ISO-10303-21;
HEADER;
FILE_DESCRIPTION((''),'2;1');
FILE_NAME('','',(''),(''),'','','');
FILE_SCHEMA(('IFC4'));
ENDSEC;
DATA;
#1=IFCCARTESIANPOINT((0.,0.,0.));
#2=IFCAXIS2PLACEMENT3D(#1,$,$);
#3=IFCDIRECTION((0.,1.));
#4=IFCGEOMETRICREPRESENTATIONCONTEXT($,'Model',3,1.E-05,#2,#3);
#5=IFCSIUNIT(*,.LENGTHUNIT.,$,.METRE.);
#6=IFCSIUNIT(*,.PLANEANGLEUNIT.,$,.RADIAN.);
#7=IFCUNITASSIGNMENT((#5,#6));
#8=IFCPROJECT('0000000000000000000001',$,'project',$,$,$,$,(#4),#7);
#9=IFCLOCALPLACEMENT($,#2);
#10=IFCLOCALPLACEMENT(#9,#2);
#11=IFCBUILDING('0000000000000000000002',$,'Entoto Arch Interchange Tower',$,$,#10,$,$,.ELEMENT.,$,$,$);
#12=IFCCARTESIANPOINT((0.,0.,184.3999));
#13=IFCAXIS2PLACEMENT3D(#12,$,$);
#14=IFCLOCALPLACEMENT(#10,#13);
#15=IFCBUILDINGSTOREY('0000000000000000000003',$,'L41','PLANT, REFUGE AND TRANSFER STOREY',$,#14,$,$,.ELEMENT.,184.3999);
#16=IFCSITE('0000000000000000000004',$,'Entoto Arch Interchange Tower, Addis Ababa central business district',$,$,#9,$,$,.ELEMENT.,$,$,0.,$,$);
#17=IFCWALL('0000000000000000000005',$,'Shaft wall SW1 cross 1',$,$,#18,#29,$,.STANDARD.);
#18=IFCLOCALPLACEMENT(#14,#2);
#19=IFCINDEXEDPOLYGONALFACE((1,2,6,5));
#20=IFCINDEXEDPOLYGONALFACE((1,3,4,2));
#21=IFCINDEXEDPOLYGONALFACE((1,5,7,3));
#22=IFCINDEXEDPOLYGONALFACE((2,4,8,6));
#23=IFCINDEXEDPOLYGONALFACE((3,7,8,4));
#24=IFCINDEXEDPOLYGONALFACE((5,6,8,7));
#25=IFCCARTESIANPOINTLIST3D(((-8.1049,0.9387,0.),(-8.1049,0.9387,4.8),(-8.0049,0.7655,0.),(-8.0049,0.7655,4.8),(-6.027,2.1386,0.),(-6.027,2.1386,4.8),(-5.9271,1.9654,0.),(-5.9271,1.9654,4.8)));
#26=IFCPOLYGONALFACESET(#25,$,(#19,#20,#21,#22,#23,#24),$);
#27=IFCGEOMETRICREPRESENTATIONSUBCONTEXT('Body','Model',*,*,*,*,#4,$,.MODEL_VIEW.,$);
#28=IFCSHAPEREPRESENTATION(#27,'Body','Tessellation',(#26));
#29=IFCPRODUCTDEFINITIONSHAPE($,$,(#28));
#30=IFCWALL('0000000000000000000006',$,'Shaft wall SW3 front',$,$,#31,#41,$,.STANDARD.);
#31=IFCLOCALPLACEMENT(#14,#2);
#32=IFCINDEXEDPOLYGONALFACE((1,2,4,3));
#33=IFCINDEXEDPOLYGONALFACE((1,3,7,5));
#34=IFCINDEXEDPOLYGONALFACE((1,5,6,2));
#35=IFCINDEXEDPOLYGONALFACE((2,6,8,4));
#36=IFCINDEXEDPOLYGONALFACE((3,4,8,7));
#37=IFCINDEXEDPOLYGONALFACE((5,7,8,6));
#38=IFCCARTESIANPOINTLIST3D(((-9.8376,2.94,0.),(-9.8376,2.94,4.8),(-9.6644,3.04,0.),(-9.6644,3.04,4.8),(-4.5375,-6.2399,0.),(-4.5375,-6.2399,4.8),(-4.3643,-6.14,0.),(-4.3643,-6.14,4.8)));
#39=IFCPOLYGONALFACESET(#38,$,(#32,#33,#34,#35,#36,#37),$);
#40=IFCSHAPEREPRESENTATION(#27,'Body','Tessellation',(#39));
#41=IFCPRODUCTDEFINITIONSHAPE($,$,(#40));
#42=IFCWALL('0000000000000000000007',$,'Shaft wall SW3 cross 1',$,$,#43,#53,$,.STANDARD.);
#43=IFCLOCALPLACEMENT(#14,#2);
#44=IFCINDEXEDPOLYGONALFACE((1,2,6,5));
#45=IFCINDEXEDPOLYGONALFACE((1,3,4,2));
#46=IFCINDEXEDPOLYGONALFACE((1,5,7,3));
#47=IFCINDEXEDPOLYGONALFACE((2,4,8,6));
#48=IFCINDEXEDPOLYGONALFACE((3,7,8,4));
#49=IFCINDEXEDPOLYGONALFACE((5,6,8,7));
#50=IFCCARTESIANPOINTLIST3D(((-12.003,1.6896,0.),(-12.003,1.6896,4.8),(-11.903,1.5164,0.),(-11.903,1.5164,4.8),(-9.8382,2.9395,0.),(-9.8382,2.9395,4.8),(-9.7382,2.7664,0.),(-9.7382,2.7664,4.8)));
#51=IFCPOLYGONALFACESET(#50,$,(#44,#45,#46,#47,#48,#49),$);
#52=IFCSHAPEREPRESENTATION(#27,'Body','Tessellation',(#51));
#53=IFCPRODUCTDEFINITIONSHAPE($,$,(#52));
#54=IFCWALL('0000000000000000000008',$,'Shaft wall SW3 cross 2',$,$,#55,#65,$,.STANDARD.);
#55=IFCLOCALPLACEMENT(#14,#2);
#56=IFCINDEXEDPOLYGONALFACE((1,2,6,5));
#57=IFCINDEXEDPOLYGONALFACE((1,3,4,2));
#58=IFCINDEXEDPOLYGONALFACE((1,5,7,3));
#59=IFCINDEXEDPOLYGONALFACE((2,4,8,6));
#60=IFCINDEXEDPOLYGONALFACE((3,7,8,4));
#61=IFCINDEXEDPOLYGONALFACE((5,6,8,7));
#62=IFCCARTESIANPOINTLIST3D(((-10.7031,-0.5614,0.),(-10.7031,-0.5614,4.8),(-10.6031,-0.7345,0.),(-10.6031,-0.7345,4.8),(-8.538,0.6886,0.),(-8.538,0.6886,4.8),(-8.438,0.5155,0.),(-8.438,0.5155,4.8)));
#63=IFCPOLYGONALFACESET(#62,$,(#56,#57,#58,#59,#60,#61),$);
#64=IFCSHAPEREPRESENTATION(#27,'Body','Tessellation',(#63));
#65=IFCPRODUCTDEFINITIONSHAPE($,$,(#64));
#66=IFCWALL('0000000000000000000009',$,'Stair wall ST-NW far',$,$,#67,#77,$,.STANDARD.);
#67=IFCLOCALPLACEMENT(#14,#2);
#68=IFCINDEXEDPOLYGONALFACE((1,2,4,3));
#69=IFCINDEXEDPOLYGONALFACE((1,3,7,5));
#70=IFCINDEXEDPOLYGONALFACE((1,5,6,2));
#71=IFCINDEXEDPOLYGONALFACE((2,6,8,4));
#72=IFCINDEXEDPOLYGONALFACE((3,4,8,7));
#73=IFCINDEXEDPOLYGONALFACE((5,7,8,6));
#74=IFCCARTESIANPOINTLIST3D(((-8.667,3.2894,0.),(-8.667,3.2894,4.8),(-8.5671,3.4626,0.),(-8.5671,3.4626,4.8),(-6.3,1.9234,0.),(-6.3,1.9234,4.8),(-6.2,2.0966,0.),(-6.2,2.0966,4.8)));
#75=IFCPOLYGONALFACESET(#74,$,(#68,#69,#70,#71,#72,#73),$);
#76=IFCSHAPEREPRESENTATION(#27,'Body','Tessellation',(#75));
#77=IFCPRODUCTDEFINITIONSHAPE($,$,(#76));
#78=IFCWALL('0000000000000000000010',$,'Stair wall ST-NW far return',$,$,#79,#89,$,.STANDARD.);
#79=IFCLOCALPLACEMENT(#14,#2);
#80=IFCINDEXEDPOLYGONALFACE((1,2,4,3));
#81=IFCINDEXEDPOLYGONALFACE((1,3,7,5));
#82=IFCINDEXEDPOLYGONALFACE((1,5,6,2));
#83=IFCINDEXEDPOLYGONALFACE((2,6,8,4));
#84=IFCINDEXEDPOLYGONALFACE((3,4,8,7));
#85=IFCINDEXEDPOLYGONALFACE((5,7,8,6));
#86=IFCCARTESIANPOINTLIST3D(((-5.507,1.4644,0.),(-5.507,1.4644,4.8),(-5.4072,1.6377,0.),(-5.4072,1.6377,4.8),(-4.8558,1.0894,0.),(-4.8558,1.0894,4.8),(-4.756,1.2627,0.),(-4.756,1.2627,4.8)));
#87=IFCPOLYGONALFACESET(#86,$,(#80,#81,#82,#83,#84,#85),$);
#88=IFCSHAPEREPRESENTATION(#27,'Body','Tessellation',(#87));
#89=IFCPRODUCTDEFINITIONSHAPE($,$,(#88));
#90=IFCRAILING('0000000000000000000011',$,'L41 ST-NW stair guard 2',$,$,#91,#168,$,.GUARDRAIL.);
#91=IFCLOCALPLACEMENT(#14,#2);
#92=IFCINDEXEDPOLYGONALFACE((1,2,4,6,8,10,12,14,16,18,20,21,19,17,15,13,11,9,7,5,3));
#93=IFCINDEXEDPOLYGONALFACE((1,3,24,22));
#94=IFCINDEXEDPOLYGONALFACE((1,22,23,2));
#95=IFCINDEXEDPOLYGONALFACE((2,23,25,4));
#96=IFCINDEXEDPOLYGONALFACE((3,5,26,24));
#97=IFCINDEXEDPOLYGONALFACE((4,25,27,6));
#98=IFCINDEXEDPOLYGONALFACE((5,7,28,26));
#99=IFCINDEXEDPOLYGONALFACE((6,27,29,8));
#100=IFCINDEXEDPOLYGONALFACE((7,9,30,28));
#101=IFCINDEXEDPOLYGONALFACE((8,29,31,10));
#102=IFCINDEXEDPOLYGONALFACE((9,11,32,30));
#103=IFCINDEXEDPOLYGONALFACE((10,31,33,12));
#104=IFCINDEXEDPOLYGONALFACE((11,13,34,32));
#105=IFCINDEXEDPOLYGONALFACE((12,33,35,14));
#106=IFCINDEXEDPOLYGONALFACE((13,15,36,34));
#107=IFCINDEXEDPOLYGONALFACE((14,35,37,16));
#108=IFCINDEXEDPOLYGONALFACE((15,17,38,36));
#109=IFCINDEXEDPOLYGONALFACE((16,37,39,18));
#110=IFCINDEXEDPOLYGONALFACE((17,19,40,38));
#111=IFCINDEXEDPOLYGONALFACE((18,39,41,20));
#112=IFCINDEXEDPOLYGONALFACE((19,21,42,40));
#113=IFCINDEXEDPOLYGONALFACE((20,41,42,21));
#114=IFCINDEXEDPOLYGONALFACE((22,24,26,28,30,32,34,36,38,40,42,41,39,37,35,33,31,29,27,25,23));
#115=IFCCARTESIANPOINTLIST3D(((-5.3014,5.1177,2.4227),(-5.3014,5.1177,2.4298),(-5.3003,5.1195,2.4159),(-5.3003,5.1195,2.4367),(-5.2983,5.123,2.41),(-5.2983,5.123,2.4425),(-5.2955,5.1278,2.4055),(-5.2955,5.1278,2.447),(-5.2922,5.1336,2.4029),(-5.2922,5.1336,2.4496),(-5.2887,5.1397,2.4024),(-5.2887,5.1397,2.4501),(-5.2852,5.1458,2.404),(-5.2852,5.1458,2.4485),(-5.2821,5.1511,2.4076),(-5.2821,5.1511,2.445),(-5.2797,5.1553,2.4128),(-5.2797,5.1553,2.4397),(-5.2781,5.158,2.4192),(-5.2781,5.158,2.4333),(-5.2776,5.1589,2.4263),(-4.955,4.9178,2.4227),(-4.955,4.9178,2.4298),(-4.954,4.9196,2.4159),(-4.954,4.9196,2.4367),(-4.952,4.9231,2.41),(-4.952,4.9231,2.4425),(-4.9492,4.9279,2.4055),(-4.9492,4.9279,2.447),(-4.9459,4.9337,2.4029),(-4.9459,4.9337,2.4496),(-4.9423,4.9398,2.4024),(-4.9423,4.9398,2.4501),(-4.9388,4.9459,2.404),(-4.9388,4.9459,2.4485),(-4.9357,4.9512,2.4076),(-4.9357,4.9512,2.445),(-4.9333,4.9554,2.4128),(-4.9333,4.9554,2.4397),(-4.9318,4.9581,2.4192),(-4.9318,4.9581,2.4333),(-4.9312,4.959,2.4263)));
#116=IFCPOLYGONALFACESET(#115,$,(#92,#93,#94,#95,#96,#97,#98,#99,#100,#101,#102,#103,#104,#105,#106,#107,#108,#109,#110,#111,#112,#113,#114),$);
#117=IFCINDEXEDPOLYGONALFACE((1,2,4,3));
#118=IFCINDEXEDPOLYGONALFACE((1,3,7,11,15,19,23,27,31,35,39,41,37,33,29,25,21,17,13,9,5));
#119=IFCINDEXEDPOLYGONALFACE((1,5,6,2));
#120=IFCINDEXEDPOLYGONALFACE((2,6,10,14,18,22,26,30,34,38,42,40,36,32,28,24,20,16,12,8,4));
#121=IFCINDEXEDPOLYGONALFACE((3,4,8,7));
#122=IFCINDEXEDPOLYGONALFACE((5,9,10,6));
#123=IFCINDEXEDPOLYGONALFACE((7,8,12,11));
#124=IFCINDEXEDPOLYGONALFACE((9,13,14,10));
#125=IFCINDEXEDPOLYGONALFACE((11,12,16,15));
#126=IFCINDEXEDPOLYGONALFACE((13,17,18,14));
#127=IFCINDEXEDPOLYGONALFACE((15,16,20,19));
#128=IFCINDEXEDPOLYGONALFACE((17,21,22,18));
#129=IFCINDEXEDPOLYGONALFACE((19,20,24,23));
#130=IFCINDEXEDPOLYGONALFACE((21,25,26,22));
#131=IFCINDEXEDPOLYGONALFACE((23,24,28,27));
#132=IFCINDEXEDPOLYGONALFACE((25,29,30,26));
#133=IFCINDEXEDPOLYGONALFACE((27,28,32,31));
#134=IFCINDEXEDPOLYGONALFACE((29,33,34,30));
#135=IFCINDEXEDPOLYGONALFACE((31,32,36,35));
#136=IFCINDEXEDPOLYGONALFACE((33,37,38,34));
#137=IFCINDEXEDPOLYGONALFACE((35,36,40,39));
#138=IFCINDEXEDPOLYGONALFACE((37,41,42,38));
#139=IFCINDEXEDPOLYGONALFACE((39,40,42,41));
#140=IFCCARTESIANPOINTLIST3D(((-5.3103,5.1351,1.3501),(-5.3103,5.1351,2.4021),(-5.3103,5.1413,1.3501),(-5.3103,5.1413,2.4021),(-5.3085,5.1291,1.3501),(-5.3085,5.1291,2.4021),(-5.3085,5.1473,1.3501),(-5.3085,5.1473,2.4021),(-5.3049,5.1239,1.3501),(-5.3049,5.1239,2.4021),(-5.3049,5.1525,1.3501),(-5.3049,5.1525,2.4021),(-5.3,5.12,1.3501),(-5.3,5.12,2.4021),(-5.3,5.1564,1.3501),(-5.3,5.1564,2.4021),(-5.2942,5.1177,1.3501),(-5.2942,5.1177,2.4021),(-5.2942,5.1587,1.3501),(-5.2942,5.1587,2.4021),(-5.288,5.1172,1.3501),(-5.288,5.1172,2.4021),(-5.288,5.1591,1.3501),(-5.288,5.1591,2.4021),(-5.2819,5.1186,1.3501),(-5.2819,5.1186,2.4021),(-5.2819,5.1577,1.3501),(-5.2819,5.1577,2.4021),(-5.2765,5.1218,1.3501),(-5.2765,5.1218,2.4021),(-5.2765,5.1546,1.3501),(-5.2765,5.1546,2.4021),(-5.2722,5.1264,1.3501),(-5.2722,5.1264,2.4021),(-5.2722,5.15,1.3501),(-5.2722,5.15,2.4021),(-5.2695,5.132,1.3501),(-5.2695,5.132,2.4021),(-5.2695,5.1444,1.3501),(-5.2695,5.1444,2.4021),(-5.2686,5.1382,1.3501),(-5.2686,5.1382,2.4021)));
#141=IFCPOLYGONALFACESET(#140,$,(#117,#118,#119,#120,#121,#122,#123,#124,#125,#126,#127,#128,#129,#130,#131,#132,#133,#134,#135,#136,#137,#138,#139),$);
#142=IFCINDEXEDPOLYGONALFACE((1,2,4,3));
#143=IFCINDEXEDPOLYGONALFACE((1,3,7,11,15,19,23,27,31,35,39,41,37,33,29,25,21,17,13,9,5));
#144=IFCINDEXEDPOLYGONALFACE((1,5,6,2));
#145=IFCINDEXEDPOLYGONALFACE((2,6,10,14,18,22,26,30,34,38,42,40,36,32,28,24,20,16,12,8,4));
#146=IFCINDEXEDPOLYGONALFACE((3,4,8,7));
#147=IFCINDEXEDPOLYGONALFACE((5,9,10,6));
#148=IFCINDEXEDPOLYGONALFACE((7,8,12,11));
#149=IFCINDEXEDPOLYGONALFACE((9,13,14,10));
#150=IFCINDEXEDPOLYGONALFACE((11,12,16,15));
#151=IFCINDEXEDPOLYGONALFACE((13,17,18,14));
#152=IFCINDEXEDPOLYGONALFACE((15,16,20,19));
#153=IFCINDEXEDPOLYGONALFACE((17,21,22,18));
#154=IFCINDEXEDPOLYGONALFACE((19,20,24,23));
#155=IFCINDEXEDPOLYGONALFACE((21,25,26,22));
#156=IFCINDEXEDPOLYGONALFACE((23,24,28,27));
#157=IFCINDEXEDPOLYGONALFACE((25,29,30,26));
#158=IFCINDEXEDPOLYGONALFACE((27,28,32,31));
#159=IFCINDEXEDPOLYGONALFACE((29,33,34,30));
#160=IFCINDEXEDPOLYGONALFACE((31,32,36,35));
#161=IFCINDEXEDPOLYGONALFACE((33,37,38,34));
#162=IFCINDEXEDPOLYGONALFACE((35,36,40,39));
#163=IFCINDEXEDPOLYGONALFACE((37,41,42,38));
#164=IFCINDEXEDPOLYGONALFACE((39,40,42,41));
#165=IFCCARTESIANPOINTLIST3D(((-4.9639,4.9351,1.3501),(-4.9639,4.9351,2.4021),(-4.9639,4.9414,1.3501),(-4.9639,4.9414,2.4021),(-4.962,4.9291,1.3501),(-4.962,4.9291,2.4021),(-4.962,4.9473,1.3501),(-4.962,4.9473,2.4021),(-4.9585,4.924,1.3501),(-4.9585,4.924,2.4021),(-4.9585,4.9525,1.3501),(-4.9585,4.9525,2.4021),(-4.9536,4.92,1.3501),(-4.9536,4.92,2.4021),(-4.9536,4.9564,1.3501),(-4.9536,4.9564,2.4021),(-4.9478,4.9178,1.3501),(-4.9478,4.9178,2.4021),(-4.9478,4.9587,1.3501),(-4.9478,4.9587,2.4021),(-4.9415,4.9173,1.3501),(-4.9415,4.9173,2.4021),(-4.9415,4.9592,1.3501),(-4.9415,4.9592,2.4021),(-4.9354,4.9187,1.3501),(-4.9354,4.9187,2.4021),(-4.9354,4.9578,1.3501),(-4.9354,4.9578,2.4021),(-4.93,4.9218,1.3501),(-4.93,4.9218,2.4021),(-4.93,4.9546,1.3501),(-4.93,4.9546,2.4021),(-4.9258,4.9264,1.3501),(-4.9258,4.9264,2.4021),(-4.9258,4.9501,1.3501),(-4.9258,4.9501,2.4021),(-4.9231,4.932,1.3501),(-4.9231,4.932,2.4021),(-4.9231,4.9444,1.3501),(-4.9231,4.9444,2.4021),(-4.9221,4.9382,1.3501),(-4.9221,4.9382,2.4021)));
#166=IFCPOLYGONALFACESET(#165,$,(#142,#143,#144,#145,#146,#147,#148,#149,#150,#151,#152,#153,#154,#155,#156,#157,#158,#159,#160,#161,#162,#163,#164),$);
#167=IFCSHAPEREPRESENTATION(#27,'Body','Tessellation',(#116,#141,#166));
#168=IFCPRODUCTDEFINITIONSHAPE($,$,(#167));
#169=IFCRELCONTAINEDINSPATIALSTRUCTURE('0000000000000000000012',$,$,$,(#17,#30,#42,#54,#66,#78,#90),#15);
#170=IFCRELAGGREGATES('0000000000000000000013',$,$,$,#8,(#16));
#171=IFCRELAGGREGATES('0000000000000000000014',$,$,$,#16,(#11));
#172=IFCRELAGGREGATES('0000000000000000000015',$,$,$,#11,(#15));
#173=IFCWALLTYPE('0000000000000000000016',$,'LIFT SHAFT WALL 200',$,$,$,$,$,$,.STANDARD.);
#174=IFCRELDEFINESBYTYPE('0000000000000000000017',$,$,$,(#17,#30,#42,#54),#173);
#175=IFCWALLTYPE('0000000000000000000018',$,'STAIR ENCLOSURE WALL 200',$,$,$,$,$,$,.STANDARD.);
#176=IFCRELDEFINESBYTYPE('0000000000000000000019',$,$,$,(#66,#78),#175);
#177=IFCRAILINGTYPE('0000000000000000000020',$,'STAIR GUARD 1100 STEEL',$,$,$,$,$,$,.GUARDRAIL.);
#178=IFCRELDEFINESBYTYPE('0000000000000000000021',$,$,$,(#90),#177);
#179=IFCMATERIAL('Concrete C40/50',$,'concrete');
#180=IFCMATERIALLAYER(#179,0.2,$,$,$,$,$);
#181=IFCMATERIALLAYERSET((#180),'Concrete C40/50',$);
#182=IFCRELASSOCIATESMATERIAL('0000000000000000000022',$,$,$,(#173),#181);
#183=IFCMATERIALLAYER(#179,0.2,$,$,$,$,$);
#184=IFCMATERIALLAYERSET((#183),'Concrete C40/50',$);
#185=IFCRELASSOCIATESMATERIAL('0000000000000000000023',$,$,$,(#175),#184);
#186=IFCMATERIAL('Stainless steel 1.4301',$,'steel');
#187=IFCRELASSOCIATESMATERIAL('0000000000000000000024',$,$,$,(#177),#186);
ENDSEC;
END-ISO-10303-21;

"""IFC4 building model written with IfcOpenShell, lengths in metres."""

from ifc_helpers import new_model, si_unit, direction, frame, frame_2d, origin, origin_2d, place, context, subcontext, project, spatial, rectangle, circle, extrude, material, layer, layer_set, type_object, element, save


model = new_model("IFC4")

# Units and contexts
model_context = context("Model", 3, precision=1e-05, world=origin(), true_north=direction((0.0, 1.0)))
body_context = subcontext(model_context, "Body", "Model", "MODEL_VIEW")
ifc_project = project(units=[si_unit("LENGTHUNIT", "METRE"), si_unit("PLANEANGLEUNIT", "RADIAN")], contexts=[model_context])

# Site, building, storey
site_placement = place(None, origin())
site = spatial("IfcSite", under=ifc_project, at=site_placement, Name="Entoto Arch Interchange Tower, Addis Ababa central business district", CompositionType="ELEMENT", RefElevation=0.0)
building_placement = place(site_placement, origin())
building = spatial("IfcBuilding", under=site, at=building_placement, Name="Entoto Arch Interchange Tower", CompositionType="ELEMENT")
storey_placement = place(building_placement, frame((0.0, 0.0, 184.3999)))
storey = spatial("IfcBuildingStorey", under=building, at=storey_placement, Name="L41", Description="PLANT, REFUGE AND TRANSFER STOREY", CompositionType="ELEMENT", Elevation=184.3999)

# Shared definitions
ifc_material_1 = material(Name="Concrete C40/50", Category="concrete")

# Shared definitions
ifc_layer_1 = layer(ifc_material_1, 0.2)
ifc_layer_set_1 = layer_set([ifc_layer_1], Name="Concrete C40/50")
wall_type_1 = type_object("IfcWallType", Name="LIFT SHAFT WALL 200", PredefinedType="STANDARD", material=ifc_layer_set_1)

# Walls
wall_1_placement = place(storey_placement, frame((-5.9771, 2.052, 0.0), z_axis=(0.0, 0.0, 1.0), x_axis=(-0.865974, -0.500089, 0.0)))
element("IfcWall", 1, at=wall_1_placement, inside=storey, type_object=wall_type_1, Name="Shaft wall SW1 cross 1", PredefinedType="STANDARD", context=body_context, shape_type="SweptSolid", body=[
    extrude(rectangle(XDim=2.3994, YDim=0.2, at=frame_2d((1.1997, 0.0))), origin(), (0.0, 0.0, 1.0), 4.8),
])
wall_2_placement = place(storey_placement, frame((-9.751, 2.99, 0.0), z_axis=(0.0, 0.0, 1.0), x_axis=(0.500001, -0.866025, 0.0)))
element("IfcWall", 2, at=wall_2_placement, inside=storey, type_object=wall_type_1, Name="Shaft wall SW3 front", PredefinedType="STANDARD", context=body_context, shape_type="SweptSolid", body=[
    extrude(rectangle(XDim=10.6001, YDim=0.2, at=frame_2d((5.3, 0.0))), origin(), (0.0, 0.0, 1.0), 4.8),
])
wall_3_placement = place(storey_placement, frame((-9.7881, 2.853, 0.0), z_axis=(0.0, 0.0, 1.0), x_axis=(-0.865999, -0.500047, 0.0)))
element("IfcWall", 3, at=wall_3_placement, inside=storey, type_object=wall_type_1, Name="Shaft wall SW3 cross 1", PredefinedType="STANDARD", context=body_context, shape_type="SweptSolid", body=[
    extrude(rectangle(XDim=2.4998, YDim=0.2, at=frame_2d((1.25, 0.0))), origin(), (0.0, 0.0, 1.0), 4.8),
])
wall_4_placement = place(storey_placement, frame((-8.488, 0.6021, 0.0), z_axis=(0.0, 0.0, 1.0), x_axis=(-0.866023, -0.500004, 0.0)))
element("IfcWall", 4, at=wall_4_placement, inside=storey, type_object=wall_type_1, Name="Shaft wall SW3 cross 2", PredefinedType="STANDARD", context=body_context, shape_type="SweptSolid", body=[
    extrude(rectangle(XDim=2.5, YDim=0.2, at=frame_2d((1.25, 0.0))), origin(), (0.0, 0.0, 1.0), 4.8),
])
ifc_layer_2 = layer(ifc_material_1, 0.2)
ifc_layer_set_2 = layer_set([ifc_layer_2], Name="Concrete C40/50")
wall_type_2 = type_object("IfcWallType", Name="STAIR ENCLOSURE WALL 200", PredefinedType="STANDARD", material=ifc_layer_set_2)
wall_5_placement = place(storey_placement, frame((-6.25, 2.01, 0.0), z_axis=(0.0, 0.0, 1.0), x_axis=(-0.866119, 0.499838, 0.0)))
element("IfcWall", 5, at=wall_5_placement, inside=storey, type_object=wall_type_2, Name="Stair wall ST-NW far", PredefinedType="STANDARD", context=body_context, shape_type="SweptSolid", body=[
    extrude(rectangle(XDim=2.7329, YDim=0.2, at=frame_2d((1.3665, 0.0))), origin(), (0.0, 0.0, 1.0), 4.8),
])
wall_6_placement = place(storey_placement, frame((-4.8059, 1.176, 0.0), z_axis=(0.0, 0.0, 1.0), x_axis=(-0.866559, 0.499075, 0.0)))
element("IfcWall", 6, at=wall_6_placement, inside=storey, type_object=wall_type_2, Name="Stair wall ST-NW far return", PredefinedType="STANDARD", context=body_context, shape_type="SweptSolid", body=[
    extrude(rectangle(XDim=0.7515, YDim=0.2, at=frame_2d((0.3757, 0.0))), origin(), (0.0, 0.0, 1.0), 4.8),
])

# Railing
ifc_material_2 = material(Name="Stainless steel 1.4301", Category="steel")
railing_type = type_object("IfcRailingType", Name="STAIR GUARD 1100 STEEL", PredefinedType="GUARDRAIL", material=ifc_material_2)
railing_1_placement = place(storey_placement, frame((-5.2896, 5.1382, 1.3501)))
element("IfcRailing", 7, at=railing_1_placement, inside=storey, type_object=railing_type, Name="L41 ST-NW stair guard 2", PredefinedType="GUARDRAIL", context=body_context, shape_type="SweptSolid", body=[
    extrude(circle(Radius=0.0239, at=origin_2d()), frame((0.0, 0.0, 1.0762), z_axis=(0.866094, -0.499881, 0.0), x_axis=(0.499881, 0.866094, 0.0)), (0.0, 0.0, 1.0), 0.3999),
    extrude(circle(Radius=0.021, at=origin_2d()), origin(), (0.0, 0.0, 1.0), 1.052),
    extrude(circle(Radius=0.021, at=origin_2d()), frame((0.3464, -0.2, 0.0)), (0.0, 0.0, 1.0), 1.052),
])

save(model, "model.ifc")
